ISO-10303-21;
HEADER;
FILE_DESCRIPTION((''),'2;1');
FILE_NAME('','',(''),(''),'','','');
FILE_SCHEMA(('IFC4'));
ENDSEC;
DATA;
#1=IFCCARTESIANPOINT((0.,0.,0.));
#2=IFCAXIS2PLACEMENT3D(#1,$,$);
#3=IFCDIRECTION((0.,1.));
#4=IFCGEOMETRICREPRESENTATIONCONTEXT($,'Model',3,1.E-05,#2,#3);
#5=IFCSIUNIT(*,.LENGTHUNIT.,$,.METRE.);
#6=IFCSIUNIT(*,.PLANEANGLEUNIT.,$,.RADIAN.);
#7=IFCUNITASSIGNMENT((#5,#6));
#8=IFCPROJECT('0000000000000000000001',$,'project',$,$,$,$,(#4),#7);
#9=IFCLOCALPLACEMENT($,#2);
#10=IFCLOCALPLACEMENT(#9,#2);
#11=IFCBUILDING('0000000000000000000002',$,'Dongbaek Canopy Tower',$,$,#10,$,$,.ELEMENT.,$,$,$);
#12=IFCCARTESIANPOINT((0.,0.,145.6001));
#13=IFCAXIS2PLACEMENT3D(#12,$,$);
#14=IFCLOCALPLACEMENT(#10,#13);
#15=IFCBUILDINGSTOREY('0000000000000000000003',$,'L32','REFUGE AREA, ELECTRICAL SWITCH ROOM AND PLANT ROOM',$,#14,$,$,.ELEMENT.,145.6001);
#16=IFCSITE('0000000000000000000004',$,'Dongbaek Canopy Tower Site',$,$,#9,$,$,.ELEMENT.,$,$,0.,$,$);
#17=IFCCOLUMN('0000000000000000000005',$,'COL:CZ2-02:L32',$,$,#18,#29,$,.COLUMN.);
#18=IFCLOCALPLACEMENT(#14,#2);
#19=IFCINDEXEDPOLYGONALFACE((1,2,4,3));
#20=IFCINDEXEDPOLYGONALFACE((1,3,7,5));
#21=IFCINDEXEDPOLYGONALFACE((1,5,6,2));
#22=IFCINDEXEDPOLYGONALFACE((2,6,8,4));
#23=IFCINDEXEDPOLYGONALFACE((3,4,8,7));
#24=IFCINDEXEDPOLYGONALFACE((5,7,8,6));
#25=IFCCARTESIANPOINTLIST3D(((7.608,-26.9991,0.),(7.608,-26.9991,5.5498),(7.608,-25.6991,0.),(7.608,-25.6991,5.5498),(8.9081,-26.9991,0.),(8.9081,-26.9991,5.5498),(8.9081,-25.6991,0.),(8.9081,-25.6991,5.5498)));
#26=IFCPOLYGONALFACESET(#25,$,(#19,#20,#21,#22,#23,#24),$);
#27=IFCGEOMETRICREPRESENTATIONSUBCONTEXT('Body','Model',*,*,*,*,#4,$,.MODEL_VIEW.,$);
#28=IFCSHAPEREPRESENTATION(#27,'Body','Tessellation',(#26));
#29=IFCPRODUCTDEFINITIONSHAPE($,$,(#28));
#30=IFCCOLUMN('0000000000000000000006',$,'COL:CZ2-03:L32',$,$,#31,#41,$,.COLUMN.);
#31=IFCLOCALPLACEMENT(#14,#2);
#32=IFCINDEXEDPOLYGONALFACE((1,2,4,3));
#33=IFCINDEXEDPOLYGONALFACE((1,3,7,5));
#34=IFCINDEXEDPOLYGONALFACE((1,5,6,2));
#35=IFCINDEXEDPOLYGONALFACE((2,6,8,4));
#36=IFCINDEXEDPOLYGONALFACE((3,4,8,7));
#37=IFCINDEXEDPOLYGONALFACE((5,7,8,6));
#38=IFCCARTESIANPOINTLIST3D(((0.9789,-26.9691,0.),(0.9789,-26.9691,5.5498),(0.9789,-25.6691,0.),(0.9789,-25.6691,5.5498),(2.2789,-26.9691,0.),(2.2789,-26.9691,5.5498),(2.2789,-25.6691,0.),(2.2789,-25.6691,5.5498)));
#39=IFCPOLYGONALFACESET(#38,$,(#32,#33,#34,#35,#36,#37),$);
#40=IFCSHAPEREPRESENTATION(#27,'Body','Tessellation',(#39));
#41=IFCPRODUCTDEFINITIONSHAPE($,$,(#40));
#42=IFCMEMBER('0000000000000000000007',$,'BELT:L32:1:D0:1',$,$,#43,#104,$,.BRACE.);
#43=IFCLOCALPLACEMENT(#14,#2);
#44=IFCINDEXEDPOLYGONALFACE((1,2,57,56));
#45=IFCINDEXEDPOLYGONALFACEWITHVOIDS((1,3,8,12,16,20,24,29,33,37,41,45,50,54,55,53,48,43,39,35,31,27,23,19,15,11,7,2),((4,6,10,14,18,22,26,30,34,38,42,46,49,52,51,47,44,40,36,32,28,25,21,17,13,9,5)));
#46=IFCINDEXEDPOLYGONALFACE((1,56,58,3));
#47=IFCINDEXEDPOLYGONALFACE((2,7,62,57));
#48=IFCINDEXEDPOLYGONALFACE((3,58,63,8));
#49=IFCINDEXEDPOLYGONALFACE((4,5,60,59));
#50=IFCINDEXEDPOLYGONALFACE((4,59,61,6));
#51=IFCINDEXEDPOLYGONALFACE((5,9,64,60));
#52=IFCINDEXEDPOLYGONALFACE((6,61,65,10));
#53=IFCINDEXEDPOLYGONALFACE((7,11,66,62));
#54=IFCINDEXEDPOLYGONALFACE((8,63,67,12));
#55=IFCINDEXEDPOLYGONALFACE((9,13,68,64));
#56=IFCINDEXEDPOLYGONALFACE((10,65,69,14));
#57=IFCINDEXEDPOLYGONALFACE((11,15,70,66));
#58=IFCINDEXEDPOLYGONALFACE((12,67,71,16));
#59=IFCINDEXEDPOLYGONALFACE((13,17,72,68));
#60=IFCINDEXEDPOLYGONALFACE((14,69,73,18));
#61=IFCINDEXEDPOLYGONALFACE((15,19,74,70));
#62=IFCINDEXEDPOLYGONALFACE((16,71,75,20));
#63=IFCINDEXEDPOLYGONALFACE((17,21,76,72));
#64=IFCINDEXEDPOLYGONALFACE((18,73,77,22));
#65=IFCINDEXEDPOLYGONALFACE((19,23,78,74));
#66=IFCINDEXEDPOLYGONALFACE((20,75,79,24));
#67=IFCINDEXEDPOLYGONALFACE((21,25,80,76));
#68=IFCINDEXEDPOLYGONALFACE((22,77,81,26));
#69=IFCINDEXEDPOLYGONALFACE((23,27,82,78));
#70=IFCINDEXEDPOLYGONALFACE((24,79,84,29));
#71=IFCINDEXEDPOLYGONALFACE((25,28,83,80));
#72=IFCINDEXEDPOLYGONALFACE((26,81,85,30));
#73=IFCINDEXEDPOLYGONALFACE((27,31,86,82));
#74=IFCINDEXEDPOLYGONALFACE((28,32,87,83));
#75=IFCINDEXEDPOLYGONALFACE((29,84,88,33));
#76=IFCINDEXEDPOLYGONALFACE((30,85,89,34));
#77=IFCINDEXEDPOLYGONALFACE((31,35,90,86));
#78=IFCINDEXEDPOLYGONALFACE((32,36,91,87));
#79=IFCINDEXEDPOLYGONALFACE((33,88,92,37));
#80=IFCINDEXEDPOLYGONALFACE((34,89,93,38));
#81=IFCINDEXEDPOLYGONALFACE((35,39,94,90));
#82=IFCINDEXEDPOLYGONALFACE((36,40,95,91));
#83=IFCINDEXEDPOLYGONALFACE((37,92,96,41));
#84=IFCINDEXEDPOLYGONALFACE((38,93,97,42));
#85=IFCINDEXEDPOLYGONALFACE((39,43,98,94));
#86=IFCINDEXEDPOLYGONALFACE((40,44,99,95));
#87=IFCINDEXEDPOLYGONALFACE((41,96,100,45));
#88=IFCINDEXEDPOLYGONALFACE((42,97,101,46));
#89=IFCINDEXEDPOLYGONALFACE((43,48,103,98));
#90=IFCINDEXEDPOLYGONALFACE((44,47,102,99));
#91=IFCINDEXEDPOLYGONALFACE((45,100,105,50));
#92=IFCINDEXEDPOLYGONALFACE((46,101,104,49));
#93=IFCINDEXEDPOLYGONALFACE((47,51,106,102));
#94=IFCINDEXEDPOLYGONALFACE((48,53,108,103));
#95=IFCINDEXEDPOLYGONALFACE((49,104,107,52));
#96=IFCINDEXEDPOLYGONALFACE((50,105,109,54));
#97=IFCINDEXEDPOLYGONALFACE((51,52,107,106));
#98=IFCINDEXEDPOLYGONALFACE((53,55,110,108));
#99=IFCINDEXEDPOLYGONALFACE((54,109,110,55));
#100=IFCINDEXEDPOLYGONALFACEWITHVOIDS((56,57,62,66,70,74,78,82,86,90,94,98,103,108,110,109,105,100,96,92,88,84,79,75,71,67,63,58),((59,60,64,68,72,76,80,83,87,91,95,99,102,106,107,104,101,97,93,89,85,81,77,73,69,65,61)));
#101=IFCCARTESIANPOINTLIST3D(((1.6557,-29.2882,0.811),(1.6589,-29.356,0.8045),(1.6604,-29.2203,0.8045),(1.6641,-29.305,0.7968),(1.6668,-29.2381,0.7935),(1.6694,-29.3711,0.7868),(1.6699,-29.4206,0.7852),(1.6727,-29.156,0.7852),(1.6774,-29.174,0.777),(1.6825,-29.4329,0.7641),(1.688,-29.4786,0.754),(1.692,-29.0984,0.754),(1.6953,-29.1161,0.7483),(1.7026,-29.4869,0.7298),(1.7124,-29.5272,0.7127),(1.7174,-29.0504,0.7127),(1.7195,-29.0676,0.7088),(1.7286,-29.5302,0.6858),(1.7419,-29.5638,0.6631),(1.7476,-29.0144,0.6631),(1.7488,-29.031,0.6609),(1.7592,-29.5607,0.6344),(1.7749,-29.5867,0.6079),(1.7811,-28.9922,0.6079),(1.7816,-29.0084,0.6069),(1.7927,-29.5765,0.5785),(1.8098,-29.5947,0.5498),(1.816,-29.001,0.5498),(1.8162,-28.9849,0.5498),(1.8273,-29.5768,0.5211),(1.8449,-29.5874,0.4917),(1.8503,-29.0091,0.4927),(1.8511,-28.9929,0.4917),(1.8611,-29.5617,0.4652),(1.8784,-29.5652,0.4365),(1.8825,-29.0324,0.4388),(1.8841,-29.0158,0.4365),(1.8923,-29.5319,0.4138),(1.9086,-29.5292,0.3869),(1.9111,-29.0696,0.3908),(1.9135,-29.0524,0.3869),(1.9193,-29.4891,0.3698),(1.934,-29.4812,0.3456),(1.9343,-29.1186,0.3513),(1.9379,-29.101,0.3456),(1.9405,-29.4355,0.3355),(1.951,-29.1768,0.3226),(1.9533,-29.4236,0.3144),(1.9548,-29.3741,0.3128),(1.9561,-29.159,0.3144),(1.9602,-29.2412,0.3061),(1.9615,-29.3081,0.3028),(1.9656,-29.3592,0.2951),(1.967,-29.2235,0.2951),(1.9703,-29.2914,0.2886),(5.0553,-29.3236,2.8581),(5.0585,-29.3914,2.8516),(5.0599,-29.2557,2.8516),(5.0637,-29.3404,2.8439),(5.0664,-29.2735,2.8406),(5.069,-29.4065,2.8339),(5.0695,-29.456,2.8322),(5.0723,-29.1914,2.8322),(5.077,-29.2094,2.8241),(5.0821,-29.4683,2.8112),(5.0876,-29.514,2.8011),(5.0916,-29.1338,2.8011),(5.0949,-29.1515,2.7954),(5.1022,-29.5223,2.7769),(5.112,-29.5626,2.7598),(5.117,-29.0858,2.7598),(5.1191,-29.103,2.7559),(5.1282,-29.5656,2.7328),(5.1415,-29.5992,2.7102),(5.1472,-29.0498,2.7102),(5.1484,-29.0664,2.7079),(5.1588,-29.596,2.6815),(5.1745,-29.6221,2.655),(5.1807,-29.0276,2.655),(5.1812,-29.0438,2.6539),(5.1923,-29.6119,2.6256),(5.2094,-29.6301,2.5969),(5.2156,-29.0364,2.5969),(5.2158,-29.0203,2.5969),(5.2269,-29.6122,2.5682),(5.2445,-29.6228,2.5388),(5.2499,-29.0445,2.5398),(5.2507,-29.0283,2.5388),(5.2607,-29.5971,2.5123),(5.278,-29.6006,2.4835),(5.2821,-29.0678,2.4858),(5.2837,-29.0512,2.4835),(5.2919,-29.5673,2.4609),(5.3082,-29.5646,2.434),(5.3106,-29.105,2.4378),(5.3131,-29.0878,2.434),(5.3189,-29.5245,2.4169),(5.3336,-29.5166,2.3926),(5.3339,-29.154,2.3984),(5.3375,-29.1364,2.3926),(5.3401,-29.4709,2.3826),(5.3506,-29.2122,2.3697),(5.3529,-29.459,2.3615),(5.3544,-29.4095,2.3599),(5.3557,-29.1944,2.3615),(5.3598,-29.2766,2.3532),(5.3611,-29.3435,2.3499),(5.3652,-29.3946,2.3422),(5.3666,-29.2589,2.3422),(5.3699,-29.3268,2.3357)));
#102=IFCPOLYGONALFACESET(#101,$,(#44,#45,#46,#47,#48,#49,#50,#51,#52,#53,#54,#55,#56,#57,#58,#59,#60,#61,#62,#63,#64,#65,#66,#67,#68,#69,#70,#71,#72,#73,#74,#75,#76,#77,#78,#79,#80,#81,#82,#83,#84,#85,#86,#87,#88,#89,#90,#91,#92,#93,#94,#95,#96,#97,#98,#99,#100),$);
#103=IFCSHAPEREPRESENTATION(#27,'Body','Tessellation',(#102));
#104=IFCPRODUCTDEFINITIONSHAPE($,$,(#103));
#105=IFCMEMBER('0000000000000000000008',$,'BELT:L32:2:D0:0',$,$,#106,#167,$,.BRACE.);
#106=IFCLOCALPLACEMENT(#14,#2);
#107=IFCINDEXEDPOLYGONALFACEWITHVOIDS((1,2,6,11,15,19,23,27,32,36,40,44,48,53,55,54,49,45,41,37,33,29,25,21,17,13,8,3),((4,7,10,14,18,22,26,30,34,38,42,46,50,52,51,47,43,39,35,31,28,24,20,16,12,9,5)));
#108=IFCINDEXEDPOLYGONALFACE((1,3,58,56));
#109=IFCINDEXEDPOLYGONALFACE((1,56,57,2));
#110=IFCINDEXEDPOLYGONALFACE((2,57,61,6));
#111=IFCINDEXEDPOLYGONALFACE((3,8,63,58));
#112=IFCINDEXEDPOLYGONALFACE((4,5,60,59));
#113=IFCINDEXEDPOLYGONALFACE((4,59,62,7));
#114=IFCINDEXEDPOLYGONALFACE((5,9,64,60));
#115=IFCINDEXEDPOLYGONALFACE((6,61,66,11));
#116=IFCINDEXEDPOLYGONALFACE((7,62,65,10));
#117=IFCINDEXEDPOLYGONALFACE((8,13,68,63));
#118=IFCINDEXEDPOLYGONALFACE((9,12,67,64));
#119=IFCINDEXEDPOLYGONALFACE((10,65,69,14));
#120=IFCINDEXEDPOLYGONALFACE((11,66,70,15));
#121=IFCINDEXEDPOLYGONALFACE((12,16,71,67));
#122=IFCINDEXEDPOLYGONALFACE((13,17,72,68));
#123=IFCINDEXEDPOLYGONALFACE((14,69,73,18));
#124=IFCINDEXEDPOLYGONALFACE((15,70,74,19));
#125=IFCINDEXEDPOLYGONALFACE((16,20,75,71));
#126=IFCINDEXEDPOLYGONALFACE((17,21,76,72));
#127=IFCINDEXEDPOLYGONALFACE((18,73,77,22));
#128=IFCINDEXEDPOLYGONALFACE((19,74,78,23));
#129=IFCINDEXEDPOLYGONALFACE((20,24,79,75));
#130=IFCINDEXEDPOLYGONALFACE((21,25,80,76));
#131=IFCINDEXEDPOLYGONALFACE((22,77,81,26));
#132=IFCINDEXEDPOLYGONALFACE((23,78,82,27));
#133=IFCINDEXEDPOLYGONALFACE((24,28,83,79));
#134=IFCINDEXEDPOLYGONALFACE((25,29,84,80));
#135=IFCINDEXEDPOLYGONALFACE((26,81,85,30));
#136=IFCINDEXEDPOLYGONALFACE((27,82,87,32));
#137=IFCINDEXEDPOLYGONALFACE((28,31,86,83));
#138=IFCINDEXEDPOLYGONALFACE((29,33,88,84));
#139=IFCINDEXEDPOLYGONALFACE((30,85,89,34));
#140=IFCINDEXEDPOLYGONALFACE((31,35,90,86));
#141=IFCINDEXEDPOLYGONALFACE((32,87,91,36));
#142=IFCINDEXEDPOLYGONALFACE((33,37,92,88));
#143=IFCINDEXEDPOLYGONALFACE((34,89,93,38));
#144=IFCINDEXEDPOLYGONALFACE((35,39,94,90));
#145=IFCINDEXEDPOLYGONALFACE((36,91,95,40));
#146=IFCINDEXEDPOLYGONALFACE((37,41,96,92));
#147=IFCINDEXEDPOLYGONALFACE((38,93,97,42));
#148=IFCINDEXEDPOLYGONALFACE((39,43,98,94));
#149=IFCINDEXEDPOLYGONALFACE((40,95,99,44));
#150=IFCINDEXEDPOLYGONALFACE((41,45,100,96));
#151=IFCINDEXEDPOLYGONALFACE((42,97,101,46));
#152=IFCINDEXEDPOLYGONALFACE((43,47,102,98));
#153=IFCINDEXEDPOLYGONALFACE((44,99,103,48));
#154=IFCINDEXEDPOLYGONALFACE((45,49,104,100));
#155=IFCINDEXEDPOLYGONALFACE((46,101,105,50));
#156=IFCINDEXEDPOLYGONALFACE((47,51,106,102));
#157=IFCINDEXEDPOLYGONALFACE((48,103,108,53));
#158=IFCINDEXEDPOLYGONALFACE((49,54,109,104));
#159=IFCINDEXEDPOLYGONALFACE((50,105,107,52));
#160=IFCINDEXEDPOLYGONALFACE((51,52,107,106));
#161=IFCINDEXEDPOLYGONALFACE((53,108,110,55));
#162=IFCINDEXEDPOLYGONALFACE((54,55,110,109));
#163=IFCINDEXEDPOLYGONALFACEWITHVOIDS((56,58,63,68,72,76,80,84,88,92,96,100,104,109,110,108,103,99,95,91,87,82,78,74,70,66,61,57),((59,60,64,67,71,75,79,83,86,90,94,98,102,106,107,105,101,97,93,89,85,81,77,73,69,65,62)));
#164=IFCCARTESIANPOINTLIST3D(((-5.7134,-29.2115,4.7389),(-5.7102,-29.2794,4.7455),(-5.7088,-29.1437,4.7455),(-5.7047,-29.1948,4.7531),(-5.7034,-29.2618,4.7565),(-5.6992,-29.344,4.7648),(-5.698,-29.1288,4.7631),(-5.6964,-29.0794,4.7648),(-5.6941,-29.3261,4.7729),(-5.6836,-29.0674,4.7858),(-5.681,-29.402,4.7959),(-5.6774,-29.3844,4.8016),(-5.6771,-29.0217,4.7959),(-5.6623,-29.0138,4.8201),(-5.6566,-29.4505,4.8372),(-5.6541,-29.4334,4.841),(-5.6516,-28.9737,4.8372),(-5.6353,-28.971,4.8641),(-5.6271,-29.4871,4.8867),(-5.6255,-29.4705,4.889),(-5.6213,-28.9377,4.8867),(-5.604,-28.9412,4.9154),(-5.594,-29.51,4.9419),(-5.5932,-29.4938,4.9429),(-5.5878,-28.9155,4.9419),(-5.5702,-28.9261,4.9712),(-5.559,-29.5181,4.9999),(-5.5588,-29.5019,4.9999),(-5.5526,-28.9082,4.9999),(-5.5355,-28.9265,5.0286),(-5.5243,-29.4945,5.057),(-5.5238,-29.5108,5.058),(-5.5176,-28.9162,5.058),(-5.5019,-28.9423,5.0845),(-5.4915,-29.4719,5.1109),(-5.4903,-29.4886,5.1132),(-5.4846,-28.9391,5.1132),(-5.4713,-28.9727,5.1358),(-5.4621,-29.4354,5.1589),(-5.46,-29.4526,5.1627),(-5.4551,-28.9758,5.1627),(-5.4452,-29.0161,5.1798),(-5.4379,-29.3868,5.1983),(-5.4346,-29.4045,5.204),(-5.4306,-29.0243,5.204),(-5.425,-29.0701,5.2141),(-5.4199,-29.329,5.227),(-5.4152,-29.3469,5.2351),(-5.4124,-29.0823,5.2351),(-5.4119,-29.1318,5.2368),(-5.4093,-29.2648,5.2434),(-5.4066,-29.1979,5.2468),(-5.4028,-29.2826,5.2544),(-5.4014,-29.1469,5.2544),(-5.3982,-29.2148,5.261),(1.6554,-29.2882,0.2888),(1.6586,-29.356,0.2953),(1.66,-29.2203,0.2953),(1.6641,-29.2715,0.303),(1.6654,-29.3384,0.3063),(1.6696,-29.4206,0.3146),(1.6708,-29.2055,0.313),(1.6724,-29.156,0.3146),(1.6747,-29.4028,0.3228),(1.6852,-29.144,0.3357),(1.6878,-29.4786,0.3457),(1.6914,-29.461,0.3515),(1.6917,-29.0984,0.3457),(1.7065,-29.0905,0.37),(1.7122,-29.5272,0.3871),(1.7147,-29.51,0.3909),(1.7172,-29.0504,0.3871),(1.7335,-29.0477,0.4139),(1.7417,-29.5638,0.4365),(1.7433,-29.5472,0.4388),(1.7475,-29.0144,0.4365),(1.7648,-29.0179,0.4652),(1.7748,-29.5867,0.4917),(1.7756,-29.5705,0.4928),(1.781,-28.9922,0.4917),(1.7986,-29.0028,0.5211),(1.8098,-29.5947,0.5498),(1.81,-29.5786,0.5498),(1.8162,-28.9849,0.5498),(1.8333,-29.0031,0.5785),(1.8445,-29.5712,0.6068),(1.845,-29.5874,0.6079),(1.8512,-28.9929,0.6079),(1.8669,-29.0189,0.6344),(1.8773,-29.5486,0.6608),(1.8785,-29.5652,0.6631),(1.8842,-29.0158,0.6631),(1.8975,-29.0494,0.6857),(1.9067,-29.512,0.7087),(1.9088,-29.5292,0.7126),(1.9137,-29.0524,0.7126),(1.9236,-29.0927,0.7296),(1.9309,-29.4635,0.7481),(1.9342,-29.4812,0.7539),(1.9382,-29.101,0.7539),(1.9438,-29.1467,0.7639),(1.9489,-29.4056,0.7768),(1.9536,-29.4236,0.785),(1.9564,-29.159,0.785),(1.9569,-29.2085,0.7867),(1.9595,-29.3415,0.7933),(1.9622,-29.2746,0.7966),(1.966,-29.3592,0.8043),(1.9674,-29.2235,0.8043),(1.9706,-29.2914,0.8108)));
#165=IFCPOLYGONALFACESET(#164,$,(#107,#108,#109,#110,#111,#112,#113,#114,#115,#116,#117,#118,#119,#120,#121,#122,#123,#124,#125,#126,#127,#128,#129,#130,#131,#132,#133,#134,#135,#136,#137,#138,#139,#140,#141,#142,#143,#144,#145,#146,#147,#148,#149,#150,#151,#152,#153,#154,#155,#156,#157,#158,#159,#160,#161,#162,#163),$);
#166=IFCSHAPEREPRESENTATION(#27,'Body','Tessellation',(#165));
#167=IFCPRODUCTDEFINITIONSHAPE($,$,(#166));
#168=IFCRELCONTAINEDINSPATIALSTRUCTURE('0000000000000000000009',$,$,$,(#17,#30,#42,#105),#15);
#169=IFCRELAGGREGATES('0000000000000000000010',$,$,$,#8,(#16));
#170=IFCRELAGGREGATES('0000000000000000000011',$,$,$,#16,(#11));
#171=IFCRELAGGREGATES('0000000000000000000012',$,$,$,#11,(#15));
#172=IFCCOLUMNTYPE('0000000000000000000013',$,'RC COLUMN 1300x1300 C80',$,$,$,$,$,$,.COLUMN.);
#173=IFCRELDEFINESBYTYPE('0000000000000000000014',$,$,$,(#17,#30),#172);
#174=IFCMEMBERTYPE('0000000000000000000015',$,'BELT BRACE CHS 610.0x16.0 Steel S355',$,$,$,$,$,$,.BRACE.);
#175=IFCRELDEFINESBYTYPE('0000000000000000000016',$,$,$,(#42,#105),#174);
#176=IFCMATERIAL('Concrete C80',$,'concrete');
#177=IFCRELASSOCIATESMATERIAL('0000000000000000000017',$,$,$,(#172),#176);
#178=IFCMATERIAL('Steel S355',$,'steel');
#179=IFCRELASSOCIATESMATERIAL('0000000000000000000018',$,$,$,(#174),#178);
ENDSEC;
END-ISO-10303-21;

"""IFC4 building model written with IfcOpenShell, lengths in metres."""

from ifc_helpers import new_model, si_unit, direction, frame, origin, origin_2d, place, context, subcontext, project, spatial, rectangle, hollow_circle, extrude, material, material_profile, profile_set, type_object, element, save


model = new_model("IFC4")

# Units and contexts
model_context = context("Model", 3, precision=1e-05, world=origin(), true_north=direction((0.0, 1.0)))
body_context = subcontext(model_context, "Body", "Model", "MODEL_VIEW")
ifc_project = project(units=[si_unit("LENGTHUNIT", "METRE"), si_unit("PLANEANGLEUNIT", "RADIAN")], contexts=[model_context])

# Site, building, storey
site_placement = place(None, origin())
site = spatial("IfcSite", under=ifc_project, at=site_placement, Name="Dongbaek Canopy Tower Site", CompositionType="ELEMENT", RefElevation=0.0)
building_placement = place(site_placement, origin())
building = spatial("IfcBuilding", under=site, at=building_placement, Name="Dongbaek Canopy Tower", CompositionType="ELEMENT")
storey_placement = place(building_placement, frame((0.0, 0.0, 145.6001)))
storey = spatial("IfcBuildingStorey", under=building, at=storey_placement, Name="L32", Description="REFUGE AREA, ELECTRICAL SWITCH ROOM AND PLANT ROOM", CompositionType="ELEMENT", Elevation=145.6001)

# Columns
ifc_material_1 = material(Name="Concrete C80", Category="concrete")
ifc_material_profile_1 = material_profile(ifc_material_1, rectangle(XDim=1.3, YDim=1.3, at=origin_2d()), Name="RC COLUMN 1300x1300 C80")
ifc_profile_set_1 = profile_set([ifc_material_profile_1], Name="Concrete C80")
column_type = type_object("IfcColumnType", Name="RC COLUMN 1300x1300 C80", PredefinedType="COLUMN", material=ifc_profile_set_1)
for number, where, z_axis, x_axis, name in (
    (1, (8.2581, -26.3491, 0.0), (0.0, 0.0, 1.0), (1.0, 0.0, 0.0), "COL:CZ2-02:L32"),
    (2, (1.6289, -26.3191, 0.0), (0.0, 0.0, 1.0), (1.0, 0.0, 0.0), "COL:CZ2-03:L32"),
):
    element("IfcColumn", number, at=place(storey_placement, frame(where, z_axis=z_axis, x_axis=x_axis)), inside=storey, type_object=column_type, Name=name, PredefinedType="COLUMN", context=body_context, shape_type="SweptSolid", body=[
        extrude(rectangle(XDim=1.3, YDim=1.3, at=origin_2d()), origin(), (0.0, 0.0, 1.0), 5.5498),
    ])

# Members
ifc_material_2 = material(Name="Steel S355", Category="steel")
ifc_material_profile_2 = material_profile(ifc_material_2, hollow_circle(Radius=0.3049, WallThickness=0.0161, at=origin_2d()), Name="BELT BRACE CHS 610.0x16.0 Steel S355")
ifc_profile_set_2 = profile_set([ifc_material_profile_2], Name="Steel S355")
member_type_1 = type_object("IfcMemberType", Name="BELT BRACE CHS 610.0x16.0 Steel S355", PredefinedType="BRACE", material=ifc_profile_set_2)
member_1_placement = place(storey_placement, frame((1.813, -29.2898, 0.5498), z_axis=(0.856644, -0.00892, 0.515832), x_axis=(0.010412, 0.999946, 0.0)))
element("IfcMember", 3, at=member_1_placement, inside=storey, type_object=member_type_1, Name="BELT:L32:1:D0:1", PredefinedType="BRACE", context=body_context, shape_type="SweptSolid", body=[
    extrude(hollow_circle(Radius=0.3049, WallThickness=0.0161, at=origin_2d()), origin(), (0.0, 0.0, 1.0), 3.9685),
])
member_2_placement = place(storey_placement, frame((1.813, -29.2898, 0.5498), z_axis=(-0.855977, 0.008905, 0.516938), x_axis=(-0.010403, -0.999946, 0.0)))
element("IfcMember", 4, at=member_2_placement, inside=storey, type_object=member_type_1, Name="BELT:L32:2:D0:0", PredefinedType="BRACE", context=body_context, shape_type="SweptSolid", body=[
    extrude(hollow_circle(Radius=0.3049, WallThickness=0.0161, at=origin_2d()), origin(), (0.0, 0.0, 1.0), 8.6086),
])

save(model, "model.ifc")
